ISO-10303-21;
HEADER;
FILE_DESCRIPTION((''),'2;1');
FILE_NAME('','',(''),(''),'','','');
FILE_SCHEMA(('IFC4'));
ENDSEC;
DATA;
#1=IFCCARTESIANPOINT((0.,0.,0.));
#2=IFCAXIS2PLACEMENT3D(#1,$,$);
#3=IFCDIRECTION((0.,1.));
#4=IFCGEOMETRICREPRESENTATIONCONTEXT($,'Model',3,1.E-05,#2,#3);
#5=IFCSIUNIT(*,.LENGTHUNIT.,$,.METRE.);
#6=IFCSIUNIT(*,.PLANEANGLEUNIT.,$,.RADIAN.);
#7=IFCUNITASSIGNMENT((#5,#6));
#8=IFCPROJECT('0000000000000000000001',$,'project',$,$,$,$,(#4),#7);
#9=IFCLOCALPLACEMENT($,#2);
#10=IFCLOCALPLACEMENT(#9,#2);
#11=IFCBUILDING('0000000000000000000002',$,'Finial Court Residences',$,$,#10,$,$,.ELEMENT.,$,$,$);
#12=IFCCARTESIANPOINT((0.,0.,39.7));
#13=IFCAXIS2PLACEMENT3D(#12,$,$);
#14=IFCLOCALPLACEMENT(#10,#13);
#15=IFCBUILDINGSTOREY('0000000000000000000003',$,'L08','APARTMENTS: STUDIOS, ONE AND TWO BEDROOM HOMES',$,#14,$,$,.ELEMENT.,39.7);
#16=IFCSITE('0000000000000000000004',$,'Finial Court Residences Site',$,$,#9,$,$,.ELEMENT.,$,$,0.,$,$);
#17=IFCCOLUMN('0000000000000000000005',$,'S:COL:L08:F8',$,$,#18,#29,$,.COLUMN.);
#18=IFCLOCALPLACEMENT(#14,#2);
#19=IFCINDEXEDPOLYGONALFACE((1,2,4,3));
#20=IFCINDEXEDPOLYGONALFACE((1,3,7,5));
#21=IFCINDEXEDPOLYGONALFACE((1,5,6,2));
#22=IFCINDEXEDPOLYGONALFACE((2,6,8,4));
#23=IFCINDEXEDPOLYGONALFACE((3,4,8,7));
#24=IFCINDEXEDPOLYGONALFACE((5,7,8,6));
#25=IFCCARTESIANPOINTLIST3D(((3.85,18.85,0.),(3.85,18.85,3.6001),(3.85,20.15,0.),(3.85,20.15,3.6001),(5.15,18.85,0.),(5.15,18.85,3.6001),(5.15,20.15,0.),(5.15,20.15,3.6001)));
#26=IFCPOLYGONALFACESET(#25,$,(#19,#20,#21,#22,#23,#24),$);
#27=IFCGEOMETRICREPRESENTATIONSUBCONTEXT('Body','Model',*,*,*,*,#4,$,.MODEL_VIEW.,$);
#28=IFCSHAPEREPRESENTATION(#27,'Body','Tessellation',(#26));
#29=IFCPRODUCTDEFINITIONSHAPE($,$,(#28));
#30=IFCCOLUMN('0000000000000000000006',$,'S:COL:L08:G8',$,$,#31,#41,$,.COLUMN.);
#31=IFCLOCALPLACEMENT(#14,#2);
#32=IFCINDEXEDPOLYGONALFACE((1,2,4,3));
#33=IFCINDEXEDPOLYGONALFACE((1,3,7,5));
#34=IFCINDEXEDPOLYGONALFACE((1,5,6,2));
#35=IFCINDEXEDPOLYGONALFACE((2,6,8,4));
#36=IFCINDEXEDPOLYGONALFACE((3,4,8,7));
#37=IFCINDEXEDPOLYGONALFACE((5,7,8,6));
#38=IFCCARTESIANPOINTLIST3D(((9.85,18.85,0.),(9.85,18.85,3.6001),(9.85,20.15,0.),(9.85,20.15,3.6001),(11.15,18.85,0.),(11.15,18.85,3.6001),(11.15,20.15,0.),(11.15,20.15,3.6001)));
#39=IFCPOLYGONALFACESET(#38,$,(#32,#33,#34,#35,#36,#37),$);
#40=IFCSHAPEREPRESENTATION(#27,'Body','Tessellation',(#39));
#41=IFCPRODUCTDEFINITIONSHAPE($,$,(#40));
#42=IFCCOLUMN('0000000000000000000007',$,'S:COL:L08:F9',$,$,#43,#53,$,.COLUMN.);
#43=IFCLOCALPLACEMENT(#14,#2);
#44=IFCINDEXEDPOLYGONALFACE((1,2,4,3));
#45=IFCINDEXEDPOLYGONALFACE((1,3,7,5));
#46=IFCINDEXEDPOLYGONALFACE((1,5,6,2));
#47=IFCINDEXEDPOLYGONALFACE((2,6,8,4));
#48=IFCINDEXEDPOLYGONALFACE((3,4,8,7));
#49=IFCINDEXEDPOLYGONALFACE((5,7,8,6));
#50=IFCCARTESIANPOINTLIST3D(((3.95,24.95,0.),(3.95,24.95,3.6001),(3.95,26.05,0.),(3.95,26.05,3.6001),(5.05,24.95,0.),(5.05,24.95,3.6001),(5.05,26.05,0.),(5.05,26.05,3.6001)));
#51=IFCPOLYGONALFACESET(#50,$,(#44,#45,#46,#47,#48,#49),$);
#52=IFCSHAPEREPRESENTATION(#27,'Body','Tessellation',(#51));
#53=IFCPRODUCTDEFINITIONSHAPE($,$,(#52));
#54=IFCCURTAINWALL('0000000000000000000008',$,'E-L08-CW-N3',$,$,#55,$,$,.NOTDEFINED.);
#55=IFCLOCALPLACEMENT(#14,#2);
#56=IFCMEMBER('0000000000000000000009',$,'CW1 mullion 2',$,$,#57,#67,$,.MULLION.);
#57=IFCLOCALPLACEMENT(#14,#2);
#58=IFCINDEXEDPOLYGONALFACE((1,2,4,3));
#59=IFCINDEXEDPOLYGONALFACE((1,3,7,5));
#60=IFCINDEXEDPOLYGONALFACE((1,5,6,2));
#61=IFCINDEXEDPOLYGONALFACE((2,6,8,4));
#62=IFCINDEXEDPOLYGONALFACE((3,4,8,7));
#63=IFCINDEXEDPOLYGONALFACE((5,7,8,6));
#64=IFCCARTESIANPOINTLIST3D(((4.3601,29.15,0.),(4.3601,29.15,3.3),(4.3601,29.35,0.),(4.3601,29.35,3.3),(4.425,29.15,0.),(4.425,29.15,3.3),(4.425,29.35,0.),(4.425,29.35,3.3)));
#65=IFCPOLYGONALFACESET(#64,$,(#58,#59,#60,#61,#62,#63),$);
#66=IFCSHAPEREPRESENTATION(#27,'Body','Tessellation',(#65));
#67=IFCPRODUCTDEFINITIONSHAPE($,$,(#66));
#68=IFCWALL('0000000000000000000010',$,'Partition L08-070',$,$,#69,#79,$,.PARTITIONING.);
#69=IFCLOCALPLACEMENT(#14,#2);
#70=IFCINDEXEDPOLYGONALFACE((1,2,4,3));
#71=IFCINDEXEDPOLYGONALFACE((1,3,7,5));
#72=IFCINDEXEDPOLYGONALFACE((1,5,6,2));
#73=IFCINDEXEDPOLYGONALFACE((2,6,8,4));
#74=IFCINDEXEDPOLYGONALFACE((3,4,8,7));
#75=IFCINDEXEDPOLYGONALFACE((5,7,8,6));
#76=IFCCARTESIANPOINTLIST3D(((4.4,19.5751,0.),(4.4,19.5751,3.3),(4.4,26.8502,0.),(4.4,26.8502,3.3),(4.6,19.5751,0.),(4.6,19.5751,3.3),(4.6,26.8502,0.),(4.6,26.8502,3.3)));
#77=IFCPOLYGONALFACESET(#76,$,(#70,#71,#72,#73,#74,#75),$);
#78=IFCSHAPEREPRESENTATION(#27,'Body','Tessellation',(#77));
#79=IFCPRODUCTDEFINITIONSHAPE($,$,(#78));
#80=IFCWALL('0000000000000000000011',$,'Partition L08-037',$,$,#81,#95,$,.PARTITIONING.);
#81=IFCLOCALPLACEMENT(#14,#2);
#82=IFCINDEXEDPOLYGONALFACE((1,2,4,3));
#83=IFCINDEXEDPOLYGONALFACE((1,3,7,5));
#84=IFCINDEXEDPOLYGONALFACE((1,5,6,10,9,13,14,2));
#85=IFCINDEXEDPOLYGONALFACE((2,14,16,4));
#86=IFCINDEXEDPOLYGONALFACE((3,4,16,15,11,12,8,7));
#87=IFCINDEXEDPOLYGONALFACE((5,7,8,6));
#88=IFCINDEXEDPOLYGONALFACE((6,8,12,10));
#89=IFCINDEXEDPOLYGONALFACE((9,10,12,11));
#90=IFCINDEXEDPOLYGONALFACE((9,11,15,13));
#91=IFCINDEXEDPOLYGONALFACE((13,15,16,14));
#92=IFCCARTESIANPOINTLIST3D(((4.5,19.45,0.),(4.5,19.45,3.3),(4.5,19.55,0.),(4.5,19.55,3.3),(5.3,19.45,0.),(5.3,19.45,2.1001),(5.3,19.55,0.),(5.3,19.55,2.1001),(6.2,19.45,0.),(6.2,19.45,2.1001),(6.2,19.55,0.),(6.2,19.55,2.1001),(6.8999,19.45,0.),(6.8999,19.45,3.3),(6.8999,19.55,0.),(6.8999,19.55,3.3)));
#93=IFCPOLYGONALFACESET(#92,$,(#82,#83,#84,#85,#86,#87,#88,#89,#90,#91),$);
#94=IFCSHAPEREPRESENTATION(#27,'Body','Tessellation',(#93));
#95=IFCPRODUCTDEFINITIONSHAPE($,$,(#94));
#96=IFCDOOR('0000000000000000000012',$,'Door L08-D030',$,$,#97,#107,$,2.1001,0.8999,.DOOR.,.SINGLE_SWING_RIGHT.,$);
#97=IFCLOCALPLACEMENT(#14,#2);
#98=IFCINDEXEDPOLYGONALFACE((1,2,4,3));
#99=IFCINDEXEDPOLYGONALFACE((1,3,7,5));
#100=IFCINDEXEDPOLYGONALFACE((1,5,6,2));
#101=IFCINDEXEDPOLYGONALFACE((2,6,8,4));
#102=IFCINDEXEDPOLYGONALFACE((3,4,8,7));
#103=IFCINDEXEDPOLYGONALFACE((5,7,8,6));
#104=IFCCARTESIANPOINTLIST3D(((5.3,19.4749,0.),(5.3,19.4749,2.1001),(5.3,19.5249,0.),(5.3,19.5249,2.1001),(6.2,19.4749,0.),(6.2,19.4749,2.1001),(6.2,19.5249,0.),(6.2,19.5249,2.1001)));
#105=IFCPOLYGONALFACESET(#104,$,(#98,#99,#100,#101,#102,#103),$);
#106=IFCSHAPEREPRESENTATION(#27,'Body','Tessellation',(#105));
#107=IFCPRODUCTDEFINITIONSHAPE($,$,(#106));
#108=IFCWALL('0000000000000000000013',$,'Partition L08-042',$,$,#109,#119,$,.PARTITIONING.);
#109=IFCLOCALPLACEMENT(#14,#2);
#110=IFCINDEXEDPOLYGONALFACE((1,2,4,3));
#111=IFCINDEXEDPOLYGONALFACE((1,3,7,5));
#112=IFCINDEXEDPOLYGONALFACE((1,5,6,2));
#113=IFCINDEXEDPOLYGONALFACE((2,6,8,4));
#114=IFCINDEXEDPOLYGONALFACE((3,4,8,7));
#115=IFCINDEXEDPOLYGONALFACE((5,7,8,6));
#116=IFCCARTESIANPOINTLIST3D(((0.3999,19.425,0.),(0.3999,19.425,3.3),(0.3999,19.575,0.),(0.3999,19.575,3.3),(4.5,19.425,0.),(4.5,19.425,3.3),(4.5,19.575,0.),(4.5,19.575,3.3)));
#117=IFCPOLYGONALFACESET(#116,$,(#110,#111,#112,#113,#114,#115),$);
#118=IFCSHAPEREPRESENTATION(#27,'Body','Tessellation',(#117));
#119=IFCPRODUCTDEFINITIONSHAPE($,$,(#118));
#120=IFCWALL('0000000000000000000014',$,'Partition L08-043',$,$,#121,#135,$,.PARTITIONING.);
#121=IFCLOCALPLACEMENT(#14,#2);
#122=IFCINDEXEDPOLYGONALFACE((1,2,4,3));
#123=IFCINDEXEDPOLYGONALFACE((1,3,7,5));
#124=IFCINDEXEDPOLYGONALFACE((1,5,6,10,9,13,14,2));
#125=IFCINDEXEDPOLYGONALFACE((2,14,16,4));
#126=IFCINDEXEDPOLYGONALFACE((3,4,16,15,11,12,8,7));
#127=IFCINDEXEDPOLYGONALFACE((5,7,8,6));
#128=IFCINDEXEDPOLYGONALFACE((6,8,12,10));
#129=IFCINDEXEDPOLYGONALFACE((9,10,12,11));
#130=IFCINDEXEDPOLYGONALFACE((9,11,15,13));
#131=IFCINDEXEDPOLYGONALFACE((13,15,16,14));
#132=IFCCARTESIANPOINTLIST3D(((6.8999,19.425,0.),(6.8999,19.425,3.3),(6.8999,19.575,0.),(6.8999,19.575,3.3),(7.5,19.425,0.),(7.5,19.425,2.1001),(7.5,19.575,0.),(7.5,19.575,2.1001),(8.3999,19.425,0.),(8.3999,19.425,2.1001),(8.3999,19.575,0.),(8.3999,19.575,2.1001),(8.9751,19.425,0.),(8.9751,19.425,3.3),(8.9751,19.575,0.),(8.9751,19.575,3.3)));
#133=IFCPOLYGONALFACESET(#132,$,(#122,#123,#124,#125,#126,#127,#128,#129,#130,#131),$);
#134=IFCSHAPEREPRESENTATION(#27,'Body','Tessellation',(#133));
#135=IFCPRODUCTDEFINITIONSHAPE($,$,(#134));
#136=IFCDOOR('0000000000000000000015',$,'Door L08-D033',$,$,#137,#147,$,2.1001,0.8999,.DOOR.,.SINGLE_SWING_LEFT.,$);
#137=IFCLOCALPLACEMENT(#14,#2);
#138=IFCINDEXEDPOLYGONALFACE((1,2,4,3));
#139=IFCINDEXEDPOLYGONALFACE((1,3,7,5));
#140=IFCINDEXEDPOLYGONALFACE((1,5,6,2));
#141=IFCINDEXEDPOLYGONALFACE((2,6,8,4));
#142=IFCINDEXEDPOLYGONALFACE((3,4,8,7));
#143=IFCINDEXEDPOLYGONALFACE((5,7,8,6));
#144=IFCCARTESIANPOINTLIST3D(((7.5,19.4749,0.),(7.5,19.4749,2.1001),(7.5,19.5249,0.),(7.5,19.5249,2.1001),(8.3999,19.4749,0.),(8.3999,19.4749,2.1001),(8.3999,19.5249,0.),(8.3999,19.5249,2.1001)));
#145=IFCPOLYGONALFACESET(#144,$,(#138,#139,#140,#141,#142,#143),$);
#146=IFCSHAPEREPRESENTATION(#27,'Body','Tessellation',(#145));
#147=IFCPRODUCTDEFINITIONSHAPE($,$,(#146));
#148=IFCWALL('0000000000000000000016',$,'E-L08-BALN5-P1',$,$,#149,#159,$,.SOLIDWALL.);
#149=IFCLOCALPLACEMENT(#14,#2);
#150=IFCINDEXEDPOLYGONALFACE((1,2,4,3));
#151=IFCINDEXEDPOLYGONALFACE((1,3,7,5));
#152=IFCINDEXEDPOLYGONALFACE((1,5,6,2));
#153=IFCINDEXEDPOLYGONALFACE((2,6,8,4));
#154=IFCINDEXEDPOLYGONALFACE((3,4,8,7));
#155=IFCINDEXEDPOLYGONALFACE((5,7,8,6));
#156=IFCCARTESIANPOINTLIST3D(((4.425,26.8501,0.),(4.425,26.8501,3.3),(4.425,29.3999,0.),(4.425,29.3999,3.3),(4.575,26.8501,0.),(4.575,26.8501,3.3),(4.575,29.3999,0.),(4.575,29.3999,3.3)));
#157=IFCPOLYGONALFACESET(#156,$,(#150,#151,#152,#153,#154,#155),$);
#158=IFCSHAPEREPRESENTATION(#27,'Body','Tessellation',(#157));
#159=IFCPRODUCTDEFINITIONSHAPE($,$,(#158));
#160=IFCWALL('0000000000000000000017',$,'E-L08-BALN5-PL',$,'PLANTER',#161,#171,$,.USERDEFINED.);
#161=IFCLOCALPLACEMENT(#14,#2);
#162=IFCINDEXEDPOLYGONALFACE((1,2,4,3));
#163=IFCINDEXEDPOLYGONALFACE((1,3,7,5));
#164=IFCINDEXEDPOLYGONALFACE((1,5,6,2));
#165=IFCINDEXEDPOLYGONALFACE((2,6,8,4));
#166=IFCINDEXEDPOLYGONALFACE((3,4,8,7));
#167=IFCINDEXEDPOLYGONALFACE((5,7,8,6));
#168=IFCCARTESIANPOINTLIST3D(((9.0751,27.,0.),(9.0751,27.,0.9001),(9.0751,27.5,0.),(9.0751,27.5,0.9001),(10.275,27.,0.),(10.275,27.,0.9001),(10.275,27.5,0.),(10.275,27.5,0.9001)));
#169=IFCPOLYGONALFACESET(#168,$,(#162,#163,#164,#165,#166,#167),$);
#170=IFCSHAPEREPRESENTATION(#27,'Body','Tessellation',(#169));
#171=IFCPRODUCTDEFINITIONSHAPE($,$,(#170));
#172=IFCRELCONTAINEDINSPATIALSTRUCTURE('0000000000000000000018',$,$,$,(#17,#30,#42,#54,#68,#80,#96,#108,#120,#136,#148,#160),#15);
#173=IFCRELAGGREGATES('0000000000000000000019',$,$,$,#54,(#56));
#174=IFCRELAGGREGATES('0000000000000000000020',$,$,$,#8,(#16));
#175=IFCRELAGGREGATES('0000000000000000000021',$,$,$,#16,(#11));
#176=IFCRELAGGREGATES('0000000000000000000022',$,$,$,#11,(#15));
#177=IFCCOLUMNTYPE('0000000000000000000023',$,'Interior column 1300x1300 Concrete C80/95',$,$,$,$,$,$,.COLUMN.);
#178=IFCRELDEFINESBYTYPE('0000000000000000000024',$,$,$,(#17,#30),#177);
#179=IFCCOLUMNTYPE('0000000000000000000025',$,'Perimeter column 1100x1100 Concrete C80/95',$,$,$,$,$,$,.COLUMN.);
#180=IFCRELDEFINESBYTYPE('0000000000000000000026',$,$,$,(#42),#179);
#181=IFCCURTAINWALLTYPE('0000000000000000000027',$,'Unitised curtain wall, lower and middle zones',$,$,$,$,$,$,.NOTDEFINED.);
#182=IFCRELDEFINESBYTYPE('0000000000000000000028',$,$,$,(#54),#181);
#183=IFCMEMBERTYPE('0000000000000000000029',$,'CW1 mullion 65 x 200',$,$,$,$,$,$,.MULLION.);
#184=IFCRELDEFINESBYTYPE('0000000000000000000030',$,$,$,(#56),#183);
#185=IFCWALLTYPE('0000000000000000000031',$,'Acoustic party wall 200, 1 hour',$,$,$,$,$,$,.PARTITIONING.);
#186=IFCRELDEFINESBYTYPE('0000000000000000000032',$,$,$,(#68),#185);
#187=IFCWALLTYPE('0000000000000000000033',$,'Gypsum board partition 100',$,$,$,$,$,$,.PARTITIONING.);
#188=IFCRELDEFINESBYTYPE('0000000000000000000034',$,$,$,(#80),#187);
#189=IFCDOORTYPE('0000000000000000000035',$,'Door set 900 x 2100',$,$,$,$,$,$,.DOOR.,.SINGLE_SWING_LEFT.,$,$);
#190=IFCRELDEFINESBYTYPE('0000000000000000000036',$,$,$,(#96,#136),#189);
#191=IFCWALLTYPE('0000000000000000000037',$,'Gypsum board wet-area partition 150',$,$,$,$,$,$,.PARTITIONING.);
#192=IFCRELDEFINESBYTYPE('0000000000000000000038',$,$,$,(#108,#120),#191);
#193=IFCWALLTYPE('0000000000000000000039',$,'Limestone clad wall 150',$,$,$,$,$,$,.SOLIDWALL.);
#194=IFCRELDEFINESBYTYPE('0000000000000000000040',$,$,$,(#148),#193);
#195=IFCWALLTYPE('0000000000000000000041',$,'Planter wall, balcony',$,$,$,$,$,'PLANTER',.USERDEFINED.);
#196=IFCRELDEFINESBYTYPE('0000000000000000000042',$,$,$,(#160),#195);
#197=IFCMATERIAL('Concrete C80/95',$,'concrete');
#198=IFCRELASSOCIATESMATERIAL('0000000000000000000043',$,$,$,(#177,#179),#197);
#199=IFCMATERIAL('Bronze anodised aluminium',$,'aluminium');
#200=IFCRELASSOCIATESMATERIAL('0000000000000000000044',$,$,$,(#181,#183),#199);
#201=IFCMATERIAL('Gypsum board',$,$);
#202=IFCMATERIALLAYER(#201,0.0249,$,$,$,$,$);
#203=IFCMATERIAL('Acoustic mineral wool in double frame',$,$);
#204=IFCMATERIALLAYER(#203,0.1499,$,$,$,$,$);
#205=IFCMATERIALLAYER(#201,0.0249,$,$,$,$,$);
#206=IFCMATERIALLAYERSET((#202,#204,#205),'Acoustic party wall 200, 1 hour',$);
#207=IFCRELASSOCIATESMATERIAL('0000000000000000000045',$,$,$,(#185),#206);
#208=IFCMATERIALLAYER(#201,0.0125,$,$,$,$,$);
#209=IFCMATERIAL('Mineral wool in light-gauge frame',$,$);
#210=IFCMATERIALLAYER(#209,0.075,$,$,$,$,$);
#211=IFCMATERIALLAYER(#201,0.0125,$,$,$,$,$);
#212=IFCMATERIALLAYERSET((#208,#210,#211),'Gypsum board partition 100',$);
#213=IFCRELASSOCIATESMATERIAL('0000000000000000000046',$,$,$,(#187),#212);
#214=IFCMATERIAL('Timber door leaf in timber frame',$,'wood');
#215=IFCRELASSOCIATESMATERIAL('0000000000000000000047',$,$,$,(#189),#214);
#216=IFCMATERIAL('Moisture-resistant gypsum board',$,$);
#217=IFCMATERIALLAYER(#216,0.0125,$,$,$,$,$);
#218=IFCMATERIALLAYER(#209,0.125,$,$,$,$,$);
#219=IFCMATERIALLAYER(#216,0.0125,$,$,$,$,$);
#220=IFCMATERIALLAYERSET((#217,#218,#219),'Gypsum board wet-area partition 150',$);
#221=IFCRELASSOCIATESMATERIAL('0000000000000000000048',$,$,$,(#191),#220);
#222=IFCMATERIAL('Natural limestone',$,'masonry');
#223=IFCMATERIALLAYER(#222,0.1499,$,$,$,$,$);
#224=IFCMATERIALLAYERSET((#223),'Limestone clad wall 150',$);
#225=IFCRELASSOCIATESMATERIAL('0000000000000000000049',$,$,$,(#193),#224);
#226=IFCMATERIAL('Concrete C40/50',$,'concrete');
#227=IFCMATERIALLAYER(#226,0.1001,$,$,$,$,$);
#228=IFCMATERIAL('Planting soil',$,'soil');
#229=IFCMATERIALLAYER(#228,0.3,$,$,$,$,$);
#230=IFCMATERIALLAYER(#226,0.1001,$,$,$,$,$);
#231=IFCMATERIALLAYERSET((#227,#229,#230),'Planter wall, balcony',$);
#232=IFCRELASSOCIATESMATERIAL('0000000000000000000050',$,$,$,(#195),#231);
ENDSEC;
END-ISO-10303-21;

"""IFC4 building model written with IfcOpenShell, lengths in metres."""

from ifc_helpers import new_model, si_unit, direction, frame, frame_2d, origin, origin_2d, place, context, subcontext, project, spatial, rectangle, extrude, material, layer, layer_set, material_profile, profile_set, type_object, element, fill, aggregate, save


model = new_model("IFC4")

# Units and contexts
model_context = context("Model", 3, precision=1e-05, world=origin(), true_north=direction((0.0, 1.0)))
body_context = subcontext(model_context, "Body", "Model", "MODEL_VIEW")
ifc_project = project(units=[si_unit("LENGTHUNIT", "METRE"), si_unit("PLANEANGLEUNIT", "RADIAN")], contexts=[model_context])

# Site, building, storey
site_placement = place(None, origin())
site = spatial("IfcSite", under=ifc_project, at=site_placement, Name="Finial Court Residences Site", CompositionType="ELEMENT", RefElevation=0.0)
building_placement = place(site_placement, origin())
building = spatial("IfcBuilding", under=site, at=building_placement, Name="Finial Court Residences", CompositionType="ELEMENT")
storey_placement = place(building_placement, frame((0.0, 0.0, 39.7)))
storey = spatial("IfcBuildingStorey", under=building, at=storey_placement, Name="L08", Description="APARTMENTS: STUDIOS, ONE AND TWO BEDROOM HOMES", CompositionType="ELEMENT", Elevation=39.7)

# Columns
ifc_material_1 = material(Name="Concrete C80/95", Category="concrete")
ifc_material_profile_1 = material_profile(ifc_material_1, rectangle(XDim=1.3, YDim=1.3, at=origin_2d()), Name="1300x1300")
ifc_profile_set_1 = profile_set([ifc_material_profile_1], Name="Concrete C80/95")
column_type_1 = type_object("IfcColumnType", Name="Interior column 1300x1300 Concrete C80/95", PredefinedType="COLUMN", material=ifc_profile_set_1)
for number, where, z_axis, x_axis, name in (
    (1, (4.5, 19.5, 0.0), (0.0, 0.0, 1.0), (1.0, 0.0, 0.0), "S:COL:L08:F8"),
    (2, (10.5, 19.5, 0.0), (0.0, 0.0, 1.0), (1.0, 0.0, 0.0), "S:COL:L08:G8"),
):
    element("IfcColumn", number, at=place(storey_placement, frame(where, z_axis=z_axis, x_axis=x_axis)), inside=storey, type_object=column_type_1, Name=name, PredefinedType="COLUMN", context=body_context, shape_type="SweptSolid", body=[
        extrude(rectangle(XDim=1.3, YDim=1.3, at=origin_2d()), origin(), (0.0, 0.0, 1.0), 3.6001),
    ])
ifc_material_profile_2 = material_profile(ifc_material_1, rectangle(XDim=1.1001, YDim=1.1001, at=origin_2d()), Name="1100x1100")
ifc_profile_set_2 = profile_set([ifc_material_profile_2], Name="Concrete C80/95")
column_type_2 = type_object("IfcColumnType", Name="Perimeter column 1100x1100 Concrete C80/95", PredefinedType="COLUMN", material=ifc_profile_set_2)
column_placement = place(storey_placement, frame((4.5, 25.5, 0.0), z_axis=(0.0, 0.0, 1.0), x_axis=(1.0, 0.0, 0.0)))
element("IfcColumn", 3, at=column_placement, inside=storey, type_object=column_type_2, Name="S:COL:L08:F9", PredefinedType="COLUMN", context=body_context, shape_type="SweptSolid", body=[
    extrude(rectangle(XDim=1.1001, YDim=1.1001, at=origin_2d()), origin(), (0.0, 0.0, 1.0), 3.6001),
])

# Curtain wall, member
ifc_material_2 = material(Name="Bronze anodised aluminium", Category="aluminium")
curtain_wall_type = type_object("IfcCurtainWallType", Name="Unitised curtain wall, lower and middle zones", PredefinedType="NOTDEFINED", material=ifc_material_2)
curtain_wall_placement = place(storey_placement, origin())
curtain_wall = element("IfcCurtainWall", 4, at=curtain_wall_placement, inside=storey, type_object=curtain_wall_type, Name="E-L08-CW-N3", PredefinedType="NOTDEFINED")
ifc_material_profile_3 = material_profile(ifc_material_2, rectangle(XDim=0.2, YDim=0.0649, at=origin_2d()), Name="CW1 mullion 65 x 200")
ifc_profile_set_3 = profile_set([ifc_material_profile_3], Name="Bronze anodised aluminium")
member_type = type_object("IfcMemberType", Name="CW1 mullion 65 x 200", PredefinedType="MULLION", material=ifc_profile_set_3)
member_placement = place(storey_placement, frame((4.3926, 29.25, 0.0), z_axis=(0.0, 0.0, 1.0), x_axis=(0.0, 1.0, 0.0)))
member = element("IfcMember", 5, at=member_placement, type_object=member_type, Name="CW1 mullion 2", PredefinedType="MULLION", context=body_context, shape_type="SweptSolid", body=[
    extrude(rectangle(XDim=0.2, YDim=0.0649, at=origin_2d()), origin(), (0.0, 0.0, 1.0), 3.3),
])
aggregate(curtain_wall, [member])

# Wall
ifc_material_3 = material(Name="Gypsum board")
ifc_layer_1 = layer(ifc_material_3, 0.0249)
ifc_material_4 = material(Name="Acoustic mineral wool in double frame")
ifc_layer_2 = layer(ifc_material_4, 0.1499)
ifc_layer_3 = layer(ifc_material_3, 0.0249)
ifc_layer_set_1 = layer_set([ifc_layer_1, ifc_layer_2, ifc_layer_3], Name="Acoustic party wall 200, 1 hour")
wall_type_1 = type_object("IfcWallType", Name="Acoustic party wall 200, 1 hour", PredefinedType="PARTITIONING", material=ifc_layer_set_1)
wall_1_placement = place(storey_placement, frame((4.5, 19.575, 0.0), z_axis=(0.0, 0.0, 1.0), x_axis=(0.0, 1.0, 0.0)))
element("IfcWall", 6, at=wall_1_placement, inside=storey, type_object=wall_type_1, Name="Partition L08-070", PredefinedType="PARTITIONING", context=body_context, shape_type="SweptSolid", body=[
    extrude(rectangle(XDim=7.2751, YDim=0.2, at=frame_2d((3.6377, 0.0))), origin(), (0.0, 0.0, 1.0), 3.3),
])

# Wall, opening, door
ifc_layer_4 = layer(ifc_material_3, 0.0125)
ifc_material_5 = material(Name="Mineral wool in light-gauge frame")
ifc_layer_5 = layer(ifc_material_5, 0.075)
ifc_layer_6 = layer(ifc_material_3, 0.0125)
ifc_layer_set_2 = layer_set([ifc_layer_4, ifc_layer_5, ifc_layer_6], Name="Gypsum board partition 100")
wall_type_2 = type_object("IfcWallType", Name="Gypsum board partition 100", PredefinedType="PARTITIONING", material=ifc_layer_set_2)
wall_2_placement = place(storey_placement, frame((4.5, 19.5, 0.0), z_axis=(0.0, 0.0, 1.0), x_axis=(1.0, 0.0, 0.0)))
wall_2 = element("IfcWall", 7, at=wall_2_placement, inside=storey, type_object=wall_type_2, Name="Partition L08-037", PredefinedType="PARTITIONING", context=body_context, shape_type="SweptSolid", body=[
    extrude(rectangle(XDim=2.3999, YDim=0.1001, at=frame_2d((1.2, 0.0))), origin(), (0.0, 0.0, 1.0), 3.3),
])
opening_1_placement = place(wall_2_placement, frame((0.8, 0.0, 0.0)))
opening_1 = element("IfcOpeningElement", 8, at=opening_1_placement, cuts=wall_2, PredefinedType="OPENING", context=body_context, shape_type="SweptSolid", body=[
    extrude(rectangle(XDim=0.8999, YDim=2.1001, at=frame_2d((0.45, 1.05))), frame((0.0, 0.0601, 0.0), z_axis=(0.0, -1.0, 0.0), x_axis=(1.0, 0.0, 0.0)), (0.0, 0.0, 1.0), 0.1201),
])
ifc_material_6 = material(Name="Timber door leaf in timber frame", Category="wood")
door_type_1 = type_object("IfcDoorType", Name="Door set 900 x 2100", OperationType="SINGLE_SWING_LEFT", PredefinedType="DOOR", material=ifc_material_6)
door_1_placement = place(opening_1_placement, origin())
door_1 = element("IfcDoor", 9, at=door_1_placement, inside=storey, type_object=door_type_1, Name="Door L08-D030", OperationType="SINGLE_SWING_RIGHT", OverallHeight=2.1001, OverallWidth=0.8999, PredefinedType="DOOR", context=body_context, shape_type="SweptSolid", body=[
    extrude(rectangle(XDim=0.8999, YDim=2.1001, at=frame_2d((0.45, 1.05))), frame((0.0, 0.0249, 0.0), z_axis=(0.0, -1.0, 0.0), x_axis=(1.0, 0.0, 0.0)), (0.0, 0.0, 1.0), 0.05),
])
fill(opening_1, door_1)

# Wall
ifc_material_7 = material(Name="Moisture-resistant gypsum board")
ifc_layer_7 = layer(ifc_material_7, 0.0125)
ifc_layer_8 = layer(ifc_material_5, 0.125)
ifc_layer_9 = layer(ifc_material_7, 0.0125)
ifc_layer_set_3 = layer_set([ifc_layer_7, ifc_layer_8, ifc_layer_9], Name="Gypsum board wet-area partition 150")
wall_type_3 = type_object("IfcWallType", Name="Gypsum board wet-area partition 150", PredefinedType="PARTITIONING", material=ifc_layer_set_3)
wall_3_placement = place(storey_placement, frame((0.3999, 19.5, 0.0), z_axis=(0.0, 0.0, 1.0), x_axis=(1.0, 0.0, 0.0)))
element("IfcWall", 10, at=wall_3_placement, inside=storey, type_object=wall_type_3, Name="Partition L08-042", PredefinedType="PARTITIONING", context=body_context, shape_type="SweptSolid", body=[
    extrude(rectangle(XDim=4.1001, YDim=0.1499, at=frame_2d((2.05, 0.0))), origin(), (0.0, 0.0, 1.0), 3.3),
])

# Wall, opening, door
wall_4_placement = place(storey_placement, frame((6.8999, 19.5, 0.0), z_axis=(0.0, 0.0, 1.0), x_axis=(1.0, 0.0, 0.0)))
wall_4 = element("IfcWall", 11, at=wall_4_placement, inside=storey, type_object=wall_type_3, Name="Partition L08-043", PredefinedType="PARTITIONING", context=body_context, shape_type="SweptSolid", body=[
    extrude(rectangle(XDim=2.0752, YDim=0.1499, at=frame_2d((1.0376, 0.0))), origin(), (0.0, 0.0, 1.0), 3.3),
])
opening_2_placement = place(wall_4_placement, frame((0.6001, 0.0, 0.0)))
opening_2 = element("IfcOpeningElement", 12, at=opening_2_placement, cuts=wall_4, PredefinedType="OPENING", context=body_context, shape_type="SweptSolid", body=[
    extrude(rectangle(XDim=0.8999, YDim=2.1001, at=frame_2d((0.45, 1.05))), frame((0.0, 0.085, 0.0), z_axis=(0.0, -1.0, 0.0), x_axis=(1.0, 0.0, 0.0)), (0.0, 0.0, 1.0), 0.1699),
])
door_2_placement = place(opening_2_placement, origin())
door_2 = element("IfcDoor", 13, at=door_2_placement, inside=storey, type_object=door_type_1, Name="Door L08-D033", OperationType="SINGLE_SWING_LEFT", OverallHeight=2.1001, OverallWidth=0.8999, PredefinedType="DOOR", context=body_context, shape_type="SweptSolid", body=[
    extrude(rectangle(XDim=0.8999, YDim=2.1001, at=frame_2d((0.45, 1.05))), frame((0.0, 0.0249, 0.0), z_axis=(0.0, -1.0, 0.0), x_axis=(1.0, 0.0, 0.0)), (0.0, 0.0, 1.0), 0.05),
])
fill(opening_2, door_2)

# Wall
ifc_material_8 = material(Name="Natural limestone", Category="masonry")
ifc_layer_10 = layer(ifc_material_8, 0.1499)
ifc_layer_set_4 = layer_set([ifc_layer_10], Name="Limestone clad wall 150")
wall_type_4 = type_object("IfcWallType", Name="Limestone clad wall 150", PredefinedType="SOLIDWALL", material=ifc_layer_set_4)
wall_5_placement = place(storey_placement, frame((4.5, 26.8501, 0.0), z_axis=(0.0, 0.0, 1.0), x_axis=(0.0, 1.0, 0.0)))
element("IfcWall", 14, at=wall_5_placement, inside=storey, type_object=wall_type_4, Name="E-L08-BALN5-P1", PredefinedType="SOLIDWALL", context=body_context, shape_type="SweptSolid", body=[
    extrude(rectangle(XDim=2.5498, YDim=0.1499, at=frame_2d((1.2749, 0.0))), origin(), (0.0, 0.0, 1.0), 3.3),
])

# Wall
ifc_material_9 = material(Name="Concrete C40/50", Category="concrete")
ifc_layer_11 = layer(ifc_material_9, 0.1001)
ifc_material_10 = material(Name="Planting soil", Category="soil")
ifc_layer_12 = layer(ifc_material_10, 0.3)
ifc_layer_13 = layer(ifc_material_9, 0.1001)
ifc_layer_set_5 = layer_set([ifc_layer_11, ifc_layer_12, ifc_layer_13], Name="Planter wall, balcony")
wall_type_5 = type_object("IfcWallType", Name="Planter wall, balcony", ElementType="PLANTER", PredefinedType="USERDEFINED", material=ifc_layer_set_5)
wall_6_placement = place(storey_placement, frame((9.075, 27.25, 0.0), z_axis=(0.0, 0.0, 1.0), x_axis=(1.0, 0.0, 0.0)))
element("IfcWall", 15, at=wall_6_placement, inside=storey, type_object=wall_type_5, Name="E-L08-BALN5-PL", ObjectType="PLANTER", PredefinedType="USERDEFINED", context=body_context, shape_type="SweptSolid", body=[
    extrude(rectangle(XDim=1.2, YDim=0.5, at=frame_2d((0.6001, 0.0))), origin(), (0.0, 0.0, 1.0), 0.9001),
])

save(model, "model.ifc")
